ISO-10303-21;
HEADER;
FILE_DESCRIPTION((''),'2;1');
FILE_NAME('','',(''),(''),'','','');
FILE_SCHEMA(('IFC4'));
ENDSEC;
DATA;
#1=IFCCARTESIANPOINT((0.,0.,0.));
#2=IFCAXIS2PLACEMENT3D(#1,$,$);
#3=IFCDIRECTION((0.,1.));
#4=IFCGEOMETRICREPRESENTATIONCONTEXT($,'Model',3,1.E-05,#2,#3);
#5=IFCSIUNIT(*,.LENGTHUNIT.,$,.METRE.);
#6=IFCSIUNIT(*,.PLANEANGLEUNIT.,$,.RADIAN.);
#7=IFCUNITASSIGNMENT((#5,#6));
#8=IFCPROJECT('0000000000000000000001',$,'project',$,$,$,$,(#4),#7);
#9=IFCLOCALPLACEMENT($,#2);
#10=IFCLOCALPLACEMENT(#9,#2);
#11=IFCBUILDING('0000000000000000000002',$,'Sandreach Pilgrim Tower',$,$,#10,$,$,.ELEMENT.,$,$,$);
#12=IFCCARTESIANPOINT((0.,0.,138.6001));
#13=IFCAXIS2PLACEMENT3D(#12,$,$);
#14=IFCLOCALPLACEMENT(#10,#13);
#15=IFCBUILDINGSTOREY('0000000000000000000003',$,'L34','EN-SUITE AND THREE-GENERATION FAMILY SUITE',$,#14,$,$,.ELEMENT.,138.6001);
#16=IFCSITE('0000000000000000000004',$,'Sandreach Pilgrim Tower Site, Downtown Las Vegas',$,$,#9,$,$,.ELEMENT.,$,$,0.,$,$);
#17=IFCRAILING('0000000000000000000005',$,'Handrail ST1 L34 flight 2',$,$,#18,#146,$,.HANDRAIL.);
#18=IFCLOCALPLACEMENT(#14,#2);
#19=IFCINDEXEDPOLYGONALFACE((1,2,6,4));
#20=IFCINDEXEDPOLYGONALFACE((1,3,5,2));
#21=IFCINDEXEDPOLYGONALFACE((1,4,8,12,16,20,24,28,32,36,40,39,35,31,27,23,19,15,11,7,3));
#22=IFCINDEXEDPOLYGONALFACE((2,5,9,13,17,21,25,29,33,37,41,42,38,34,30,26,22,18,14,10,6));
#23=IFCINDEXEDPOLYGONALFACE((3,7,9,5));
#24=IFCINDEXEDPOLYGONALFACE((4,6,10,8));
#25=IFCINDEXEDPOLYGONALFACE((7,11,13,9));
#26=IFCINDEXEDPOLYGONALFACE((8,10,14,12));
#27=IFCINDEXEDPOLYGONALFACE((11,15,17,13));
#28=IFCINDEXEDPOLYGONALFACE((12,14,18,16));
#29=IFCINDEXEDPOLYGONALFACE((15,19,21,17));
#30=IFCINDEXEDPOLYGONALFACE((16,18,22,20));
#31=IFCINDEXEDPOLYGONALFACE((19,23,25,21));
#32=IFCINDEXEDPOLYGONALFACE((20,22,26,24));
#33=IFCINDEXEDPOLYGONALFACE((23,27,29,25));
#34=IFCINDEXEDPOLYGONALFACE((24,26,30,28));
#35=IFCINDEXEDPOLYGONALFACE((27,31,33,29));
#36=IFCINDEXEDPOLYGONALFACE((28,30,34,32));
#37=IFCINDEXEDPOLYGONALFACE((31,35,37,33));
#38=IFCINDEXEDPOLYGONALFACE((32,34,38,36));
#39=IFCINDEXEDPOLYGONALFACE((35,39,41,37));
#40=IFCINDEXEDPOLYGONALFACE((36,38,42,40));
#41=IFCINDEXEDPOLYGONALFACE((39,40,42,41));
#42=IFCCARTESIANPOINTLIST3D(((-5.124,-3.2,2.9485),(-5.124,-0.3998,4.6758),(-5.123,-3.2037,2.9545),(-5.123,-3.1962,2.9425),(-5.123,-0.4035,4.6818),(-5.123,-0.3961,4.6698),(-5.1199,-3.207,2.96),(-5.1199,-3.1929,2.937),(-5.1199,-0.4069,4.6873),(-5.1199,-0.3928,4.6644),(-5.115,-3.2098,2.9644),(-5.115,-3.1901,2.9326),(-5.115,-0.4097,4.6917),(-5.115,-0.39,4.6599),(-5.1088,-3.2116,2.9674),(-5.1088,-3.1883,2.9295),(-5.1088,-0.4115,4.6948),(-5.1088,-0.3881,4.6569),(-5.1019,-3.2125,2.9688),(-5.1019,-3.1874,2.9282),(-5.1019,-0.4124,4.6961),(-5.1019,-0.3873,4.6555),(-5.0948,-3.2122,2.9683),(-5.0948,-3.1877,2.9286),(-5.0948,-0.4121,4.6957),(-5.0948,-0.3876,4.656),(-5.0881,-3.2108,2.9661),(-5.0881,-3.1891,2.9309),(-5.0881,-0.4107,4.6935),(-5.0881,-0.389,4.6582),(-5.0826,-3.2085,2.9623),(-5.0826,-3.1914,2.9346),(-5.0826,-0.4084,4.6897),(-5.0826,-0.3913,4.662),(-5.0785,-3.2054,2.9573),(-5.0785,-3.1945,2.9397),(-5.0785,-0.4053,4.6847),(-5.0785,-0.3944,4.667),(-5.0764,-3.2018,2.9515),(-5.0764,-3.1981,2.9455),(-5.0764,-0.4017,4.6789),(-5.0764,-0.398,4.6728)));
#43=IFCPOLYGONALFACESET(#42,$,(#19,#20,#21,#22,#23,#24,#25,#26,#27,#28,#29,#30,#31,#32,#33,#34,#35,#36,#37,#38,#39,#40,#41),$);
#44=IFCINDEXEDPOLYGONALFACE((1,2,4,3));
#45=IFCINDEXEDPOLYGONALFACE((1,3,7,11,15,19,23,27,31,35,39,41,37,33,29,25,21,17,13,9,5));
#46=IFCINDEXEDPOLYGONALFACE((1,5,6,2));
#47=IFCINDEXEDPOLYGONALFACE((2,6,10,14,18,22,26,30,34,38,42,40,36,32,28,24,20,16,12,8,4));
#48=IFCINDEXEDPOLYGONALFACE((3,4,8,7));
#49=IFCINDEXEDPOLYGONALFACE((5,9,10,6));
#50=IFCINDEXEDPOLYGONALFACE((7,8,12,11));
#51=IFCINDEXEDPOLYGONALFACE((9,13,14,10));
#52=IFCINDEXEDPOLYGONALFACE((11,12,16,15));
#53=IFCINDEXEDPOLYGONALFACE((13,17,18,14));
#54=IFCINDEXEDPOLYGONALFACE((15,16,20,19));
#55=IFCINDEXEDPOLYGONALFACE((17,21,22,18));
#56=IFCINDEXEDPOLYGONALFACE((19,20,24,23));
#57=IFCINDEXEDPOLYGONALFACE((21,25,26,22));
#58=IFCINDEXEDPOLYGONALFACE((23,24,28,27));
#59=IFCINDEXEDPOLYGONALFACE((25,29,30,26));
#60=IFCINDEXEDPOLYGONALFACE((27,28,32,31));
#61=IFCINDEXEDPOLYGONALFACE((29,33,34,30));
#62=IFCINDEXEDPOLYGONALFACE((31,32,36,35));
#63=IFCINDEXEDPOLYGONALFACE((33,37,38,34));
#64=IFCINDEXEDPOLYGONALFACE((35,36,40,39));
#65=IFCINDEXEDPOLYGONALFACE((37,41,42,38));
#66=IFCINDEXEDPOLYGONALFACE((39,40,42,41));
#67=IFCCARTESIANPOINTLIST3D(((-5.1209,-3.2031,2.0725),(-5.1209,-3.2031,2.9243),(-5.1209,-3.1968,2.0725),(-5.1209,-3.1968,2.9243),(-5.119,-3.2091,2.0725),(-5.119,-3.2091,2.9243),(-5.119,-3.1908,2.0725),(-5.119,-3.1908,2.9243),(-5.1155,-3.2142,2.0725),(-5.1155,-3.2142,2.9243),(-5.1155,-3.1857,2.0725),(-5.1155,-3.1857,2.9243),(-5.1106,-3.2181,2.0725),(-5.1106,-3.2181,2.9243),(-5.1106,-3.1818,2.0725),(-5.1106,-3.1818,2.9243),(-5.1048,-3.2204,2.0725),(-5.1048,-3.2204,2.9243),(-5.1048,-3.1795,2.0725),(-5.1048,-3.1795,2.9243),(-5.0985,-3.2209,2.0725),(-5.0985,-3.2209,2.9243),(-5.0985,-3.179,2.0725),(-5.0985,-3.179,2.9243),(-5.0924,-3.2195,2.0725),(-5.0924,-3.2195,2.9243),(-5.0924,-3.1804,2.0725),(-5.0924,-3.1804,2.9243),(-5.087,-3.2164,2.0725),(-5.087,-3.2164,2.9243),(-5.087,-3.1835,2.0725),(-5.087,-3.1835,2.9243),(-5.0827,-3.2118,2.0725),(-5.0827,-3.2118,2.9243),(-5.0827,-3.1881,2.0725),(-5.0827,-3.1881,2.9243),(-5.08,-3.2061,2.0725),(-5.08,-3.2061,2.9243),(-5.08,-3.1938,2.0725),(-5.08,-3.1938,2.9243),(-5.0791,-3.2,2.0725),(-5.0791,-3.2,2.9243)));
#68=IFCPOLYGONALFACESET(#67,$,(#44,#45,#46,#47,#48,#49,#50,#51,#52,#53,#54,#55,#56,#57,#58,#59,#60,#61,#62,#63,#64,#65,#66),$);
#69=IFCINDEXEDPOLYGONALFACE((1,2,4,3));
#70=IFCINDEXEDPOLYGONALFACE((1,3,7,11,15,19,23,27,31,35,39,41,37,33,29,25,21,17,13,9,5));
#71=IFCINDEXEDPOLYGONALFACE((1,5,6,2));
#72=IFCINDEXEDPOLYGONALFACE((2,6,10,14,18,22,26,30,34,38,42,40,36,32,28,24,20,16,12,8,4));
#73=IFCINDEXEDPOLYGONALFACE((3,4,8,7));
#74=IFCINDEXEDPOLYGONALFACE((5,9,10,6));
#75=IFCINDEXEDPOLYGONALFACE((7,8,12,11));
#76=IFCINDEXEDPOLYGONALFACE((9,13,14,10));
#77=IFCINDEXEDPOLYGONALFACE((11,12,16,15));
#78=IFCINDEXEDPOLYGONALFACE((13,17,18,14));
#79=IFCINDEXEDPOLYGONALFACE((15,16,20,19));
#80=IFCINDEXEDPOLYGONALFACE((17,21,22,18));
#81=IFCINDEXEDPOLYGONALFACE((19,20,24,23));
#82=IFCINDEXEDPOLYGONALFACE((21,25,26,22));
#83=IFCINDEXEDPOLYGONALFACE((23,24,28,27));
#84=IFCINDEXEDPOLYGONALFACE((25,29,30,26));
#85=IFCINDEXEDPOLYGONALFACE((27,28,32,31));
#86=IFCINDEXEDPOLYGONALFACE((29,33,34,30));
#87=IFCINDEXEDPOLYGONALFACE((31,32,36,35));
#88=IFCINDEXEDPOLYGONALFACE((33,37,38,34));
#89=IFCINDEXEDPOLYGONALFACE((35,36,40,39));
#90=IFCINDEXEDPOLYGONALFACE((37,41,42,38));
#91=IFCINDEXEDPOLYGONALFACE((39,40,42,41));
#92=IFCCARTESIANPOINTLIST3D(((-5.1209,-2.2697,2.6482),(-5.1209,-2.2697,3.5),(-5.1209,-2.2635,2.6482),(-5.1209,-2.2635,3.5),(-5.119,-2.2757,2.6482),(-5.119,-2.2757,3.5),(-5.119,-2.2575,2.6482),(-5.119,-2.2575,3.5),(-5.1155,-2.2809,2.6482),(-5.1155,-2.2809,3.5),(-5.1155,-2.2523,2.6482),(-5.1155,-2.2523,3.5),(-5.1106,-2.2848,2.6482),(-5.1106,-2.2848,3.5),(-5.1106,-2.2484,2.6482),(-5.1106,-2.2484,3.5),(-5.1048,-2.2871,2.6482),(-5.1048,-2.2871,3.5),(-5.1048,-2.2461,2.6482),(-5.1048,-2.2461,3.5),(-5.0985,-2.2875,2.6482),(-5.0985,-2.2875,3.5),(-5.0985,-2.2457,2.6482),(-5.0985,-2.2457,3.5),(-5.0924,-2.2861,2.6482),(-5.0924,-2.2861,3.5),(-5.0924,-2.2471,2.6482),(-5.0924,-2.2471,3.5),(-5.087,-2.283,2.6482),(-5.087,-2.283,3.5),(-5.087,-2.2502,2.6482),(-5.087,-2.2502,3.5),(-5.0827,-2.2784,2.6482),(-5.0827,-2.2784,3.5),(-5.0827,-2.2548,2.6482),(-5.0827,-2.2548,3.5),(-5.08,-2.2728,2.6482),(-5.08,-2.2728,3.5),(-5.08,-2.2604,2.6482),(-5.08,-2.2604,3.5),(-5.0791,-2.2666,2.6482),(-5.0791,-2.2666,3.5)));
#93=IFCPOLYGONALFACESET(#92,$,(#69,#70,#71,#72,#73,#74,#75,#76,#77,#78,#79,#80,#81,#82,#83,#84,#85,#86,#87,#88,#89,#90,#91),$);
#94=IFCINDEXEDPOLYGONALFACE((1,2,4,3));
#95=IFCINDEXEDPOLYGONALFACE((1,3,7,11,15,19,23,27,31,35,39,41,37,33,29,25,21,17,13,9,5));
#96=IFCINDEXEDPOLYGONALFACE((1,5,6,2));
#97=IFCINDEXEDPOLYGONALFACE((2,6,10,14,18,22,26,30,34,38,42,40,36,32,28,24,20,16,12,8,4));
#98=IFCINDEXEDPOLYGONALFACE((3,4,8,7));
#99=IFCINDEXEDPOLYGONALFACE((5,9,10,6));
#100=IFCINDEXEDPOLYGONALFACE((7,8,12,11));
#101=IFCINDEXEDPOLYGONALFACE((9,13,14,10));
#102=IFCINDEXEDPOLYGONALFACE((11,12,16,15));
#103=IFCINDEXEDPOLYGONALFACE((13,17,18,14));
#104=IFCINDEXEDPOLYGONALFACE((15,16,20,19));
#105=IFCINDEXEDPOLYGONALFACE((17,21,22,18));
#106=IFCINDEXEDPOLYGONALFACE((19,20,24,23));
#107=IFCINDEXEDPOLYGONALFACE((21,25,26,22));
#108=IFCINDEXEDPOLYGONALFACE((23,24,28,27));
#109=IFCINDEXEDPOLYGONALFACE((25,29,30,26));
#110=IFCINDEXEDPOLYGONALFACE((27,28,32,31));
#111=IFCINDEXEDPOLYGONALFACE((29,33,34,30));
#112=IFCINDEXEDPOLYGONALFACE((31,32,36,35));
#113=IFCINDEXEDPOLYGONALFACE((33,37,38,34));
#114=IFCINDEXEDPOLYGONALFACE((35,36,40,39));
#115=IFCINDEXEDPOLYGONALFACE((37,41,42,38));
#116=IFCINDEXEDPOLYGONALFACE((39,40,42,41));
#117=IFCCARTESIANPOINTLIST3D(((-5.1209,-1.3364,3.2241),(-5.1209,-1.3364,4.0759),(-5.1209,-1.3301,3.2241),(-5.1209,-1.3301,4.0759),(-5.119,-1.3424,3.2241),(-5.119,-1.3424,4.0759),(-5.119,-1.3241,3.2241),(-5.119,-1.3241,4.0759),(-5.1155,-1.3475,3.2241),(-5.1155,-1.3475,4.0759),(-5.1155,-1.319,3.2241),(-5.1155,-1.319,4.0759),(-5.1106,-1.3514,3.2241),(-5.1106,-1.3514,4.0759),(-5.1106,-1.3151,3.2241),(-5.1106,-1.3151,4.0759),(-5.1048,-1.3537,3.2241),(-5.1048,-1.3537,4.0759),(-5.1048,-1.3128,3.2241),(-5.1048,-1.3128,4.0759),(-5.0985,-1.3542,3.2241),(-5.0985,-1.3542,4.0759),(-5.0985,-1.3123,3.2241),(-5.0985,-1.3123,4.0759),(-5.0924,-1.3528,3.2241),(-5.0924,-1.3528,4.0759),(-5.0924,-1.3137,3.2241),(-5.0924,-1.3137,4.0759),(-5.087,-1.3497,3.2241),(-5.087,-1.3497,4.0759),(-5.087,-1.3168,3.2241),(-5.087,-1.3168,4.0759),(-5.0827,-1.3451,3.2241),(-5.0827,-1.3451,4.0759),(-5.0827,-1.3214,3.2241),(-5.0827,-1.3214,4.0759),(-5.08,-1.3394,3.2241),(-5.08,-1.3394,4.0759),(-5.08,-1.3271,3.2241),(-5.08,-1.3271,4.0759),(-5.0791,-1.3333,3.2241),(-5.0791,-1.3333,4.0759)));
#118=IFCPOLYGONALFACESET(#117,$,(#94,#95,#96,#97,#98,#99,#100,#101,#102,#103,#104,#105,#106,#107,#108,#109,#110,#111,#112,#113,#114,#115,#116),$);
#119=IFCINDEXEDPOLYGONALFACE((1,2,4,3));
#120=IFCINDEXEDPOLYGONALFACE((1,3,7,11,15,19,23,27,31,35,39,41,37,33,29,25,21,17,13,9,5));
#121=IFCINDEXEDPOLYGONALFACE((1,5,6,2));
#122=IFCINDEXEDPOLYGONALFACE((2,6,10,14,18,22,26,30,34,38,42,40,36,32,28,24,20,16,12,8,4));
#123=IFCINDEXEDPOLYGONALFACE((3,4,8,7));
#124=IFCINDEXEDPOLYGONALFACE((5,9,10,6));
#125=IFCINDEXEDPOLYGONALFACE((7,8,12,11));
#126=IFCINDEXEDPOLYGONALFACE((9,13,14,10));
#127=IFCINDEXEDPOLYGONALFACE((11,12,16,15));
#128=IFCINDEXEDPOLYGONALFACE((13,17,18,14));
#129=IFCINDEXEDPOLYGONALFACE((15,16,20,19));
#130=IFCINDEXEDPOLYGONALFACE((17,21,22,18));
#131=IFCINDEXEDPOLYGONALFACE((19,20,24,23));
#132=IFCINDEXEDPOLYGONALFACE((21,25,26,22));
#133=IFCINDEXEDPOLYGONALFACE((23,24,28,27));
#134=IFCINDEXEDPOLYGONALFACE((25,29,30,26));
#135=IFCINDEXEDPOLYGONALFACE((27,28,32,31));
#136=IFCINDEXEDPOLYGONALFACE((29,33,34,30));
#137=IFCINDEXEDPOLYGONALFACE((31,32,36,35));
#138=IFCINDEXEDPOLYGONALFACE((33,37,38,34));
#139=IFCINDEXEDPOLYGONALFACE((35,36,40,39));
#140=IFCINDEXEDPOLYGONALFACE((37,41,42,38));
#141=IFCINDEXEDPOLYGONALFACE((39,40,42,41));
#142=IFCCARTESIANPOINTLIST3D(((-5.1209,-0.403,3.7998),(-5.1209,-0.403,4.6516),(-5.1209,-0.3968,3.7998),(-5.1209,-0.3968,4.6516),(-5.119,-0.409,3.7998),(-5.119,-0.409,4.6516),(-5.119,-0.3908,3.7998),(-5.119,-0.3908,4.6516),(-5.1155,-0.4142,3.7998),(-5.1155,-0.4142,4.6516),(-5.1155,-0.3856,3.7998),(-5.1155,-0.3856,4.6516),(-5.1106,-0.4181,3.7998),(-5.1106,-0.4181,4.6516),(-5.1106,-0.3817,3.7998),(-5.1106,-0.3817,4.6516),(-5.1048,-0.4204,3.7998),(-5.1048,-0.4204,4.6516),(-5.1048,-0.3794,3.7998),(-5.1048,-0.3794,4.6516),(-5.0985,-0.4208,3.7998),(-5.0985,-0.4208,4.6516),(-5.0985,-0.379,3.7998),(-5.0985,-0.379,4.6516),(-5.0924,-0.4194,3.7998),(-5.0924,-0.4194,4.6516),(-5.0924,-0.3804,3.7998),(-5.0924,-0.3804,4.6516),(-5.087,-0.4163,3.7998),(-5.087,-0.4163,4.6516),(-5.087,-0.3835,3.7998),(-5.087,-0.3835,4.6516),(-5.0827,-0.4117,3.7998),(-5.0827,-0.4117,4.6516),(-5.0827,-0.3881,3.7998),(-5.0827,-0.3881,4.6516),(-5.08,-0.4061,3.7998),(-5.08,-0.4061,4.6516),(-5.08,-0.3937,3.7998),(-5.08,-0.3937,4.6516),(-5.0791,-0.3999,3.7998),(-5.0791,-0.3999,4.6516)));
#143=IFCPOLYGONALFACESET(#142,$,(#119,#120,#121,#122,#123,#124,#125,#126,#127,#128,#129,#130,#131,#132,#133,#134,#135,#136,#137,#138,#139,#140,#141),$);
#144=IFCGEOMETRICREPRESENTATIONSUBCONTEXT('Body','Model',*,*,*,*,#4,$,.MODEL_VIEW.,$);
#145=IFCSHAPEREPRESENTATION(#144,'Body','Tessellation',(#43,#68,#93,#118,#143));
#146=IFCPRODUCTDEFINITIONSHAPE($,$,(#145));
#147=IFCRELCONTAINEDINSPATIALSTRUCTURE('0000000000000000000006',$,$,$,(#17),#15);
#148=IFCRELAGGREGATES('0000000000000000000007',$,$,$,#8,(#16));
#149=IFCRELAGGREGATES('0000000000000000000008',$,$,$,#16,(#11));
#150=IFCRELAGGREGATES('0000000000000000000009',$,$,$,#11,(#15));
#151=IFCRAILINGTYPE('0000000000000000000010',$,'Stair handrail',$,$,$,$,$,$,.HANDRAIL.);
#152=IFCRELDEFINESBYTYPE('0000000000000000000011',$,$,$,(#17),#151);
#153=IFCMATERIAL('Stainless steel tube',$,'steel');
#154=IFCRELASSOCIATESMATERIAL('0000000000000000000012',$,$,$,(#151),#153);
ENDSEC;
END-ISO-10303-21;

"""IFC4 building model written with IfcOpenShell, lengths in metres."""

from ifc_helpers import new_model, si_unit, direction, frame, origin, origin_2d, place, context, subcontext, project, spatial, circle, extrude, material, type_object, element, save


model = new_model("IFC4")

# Units and contexts
model_context = context("Model", 3, precision=1e-05, world=origin(), true_north=direction((0.0, 1.0)))
body_context = subcontext(model_context, "Body", "Model", "MODEL_VIEW")
ifc_project = project(units=[si_unit("LENGTHUNIT", "METRE"), si_unit("PLANEANGLEUNIT", "RADIAN")], contexts=[model_context])

# Site, building, storey
site_placement = place(None, origin())
site = spatial("IfcSite", under=ifc_project, at=site_placement, Name="Sandreach Pilgrim Tower Site, Downtown Las Vegas", CompositionType="ELEMENT", RefElevation=0.0)
building_placement = place(site_placement, origin())
building = spatial("IfcBuilding", under=site, at=building_placement, Name="Sandreach Pilgrim Tower", CompositionType="ELEMENT")
storey_placement = place(building_placement, frame((0.0, 0.0, 138.6001)))
storey = spatial("IfcBuildingStorey", under=building, at=storey_placement, Name="L34", Description="EN-SUITE AND THREE-GENERATION FAMILY SUITE", CompositionType="ELEMENT", Elevation=138.6001)

# Railing
ifc_material_1 = material(Name="Stainless steel tube", Category="steel")
railing_type = type_object("IfcRailingType", Name="Stair handrail", PredefinedType="HANDRAIL", material=ifc_material_1)
for number, where, name in (
    (1, (-5.1001, -3.2, 2.0725), "Handrail ST1 L34 flight 2"),
):
    element("IfcRailing", number, at=place(storey_placement, frame(where)), inside=storey, type_object=railing_type, Name=name, PredefinedType="HANDRAIL", context=body_context, shape_type="SweptSolid", body=[
        extrude(circle(Radius=0.0239, at=origin_2d()), frame((0.0, 0.0, 0.876), z_axis=(0.0, 0.85109, 0.52502), x_axis=(-1.0, 0.0, 0.0)), (0.0, 0.0, 1.0), 3.29),
        extrude(circle(Radius=0.021, at=origin_2d()), origin(), (0.0, 0.0, 1.0), 0.8518),
        extrude(circle(Radius=0.021, at=origin_2d()), frame((0.0, 0.9333, 0.5757)), (0.0, 0.0, 1.0), 0.8518),
        extrude(circle(Radius=0.021, at=origin_2d()), frame((0.0, 1.8667, 1.1516)), (0.0, 0.0, 1.0), 0.8518),
        extrude(circle(Radius=0.021, at=origin_2d()), frame((0.0, 2.8, 1.7273)), (0.0, 0.0, 1.0), 0.8518),
    ])

save(model, "model.ifc")
